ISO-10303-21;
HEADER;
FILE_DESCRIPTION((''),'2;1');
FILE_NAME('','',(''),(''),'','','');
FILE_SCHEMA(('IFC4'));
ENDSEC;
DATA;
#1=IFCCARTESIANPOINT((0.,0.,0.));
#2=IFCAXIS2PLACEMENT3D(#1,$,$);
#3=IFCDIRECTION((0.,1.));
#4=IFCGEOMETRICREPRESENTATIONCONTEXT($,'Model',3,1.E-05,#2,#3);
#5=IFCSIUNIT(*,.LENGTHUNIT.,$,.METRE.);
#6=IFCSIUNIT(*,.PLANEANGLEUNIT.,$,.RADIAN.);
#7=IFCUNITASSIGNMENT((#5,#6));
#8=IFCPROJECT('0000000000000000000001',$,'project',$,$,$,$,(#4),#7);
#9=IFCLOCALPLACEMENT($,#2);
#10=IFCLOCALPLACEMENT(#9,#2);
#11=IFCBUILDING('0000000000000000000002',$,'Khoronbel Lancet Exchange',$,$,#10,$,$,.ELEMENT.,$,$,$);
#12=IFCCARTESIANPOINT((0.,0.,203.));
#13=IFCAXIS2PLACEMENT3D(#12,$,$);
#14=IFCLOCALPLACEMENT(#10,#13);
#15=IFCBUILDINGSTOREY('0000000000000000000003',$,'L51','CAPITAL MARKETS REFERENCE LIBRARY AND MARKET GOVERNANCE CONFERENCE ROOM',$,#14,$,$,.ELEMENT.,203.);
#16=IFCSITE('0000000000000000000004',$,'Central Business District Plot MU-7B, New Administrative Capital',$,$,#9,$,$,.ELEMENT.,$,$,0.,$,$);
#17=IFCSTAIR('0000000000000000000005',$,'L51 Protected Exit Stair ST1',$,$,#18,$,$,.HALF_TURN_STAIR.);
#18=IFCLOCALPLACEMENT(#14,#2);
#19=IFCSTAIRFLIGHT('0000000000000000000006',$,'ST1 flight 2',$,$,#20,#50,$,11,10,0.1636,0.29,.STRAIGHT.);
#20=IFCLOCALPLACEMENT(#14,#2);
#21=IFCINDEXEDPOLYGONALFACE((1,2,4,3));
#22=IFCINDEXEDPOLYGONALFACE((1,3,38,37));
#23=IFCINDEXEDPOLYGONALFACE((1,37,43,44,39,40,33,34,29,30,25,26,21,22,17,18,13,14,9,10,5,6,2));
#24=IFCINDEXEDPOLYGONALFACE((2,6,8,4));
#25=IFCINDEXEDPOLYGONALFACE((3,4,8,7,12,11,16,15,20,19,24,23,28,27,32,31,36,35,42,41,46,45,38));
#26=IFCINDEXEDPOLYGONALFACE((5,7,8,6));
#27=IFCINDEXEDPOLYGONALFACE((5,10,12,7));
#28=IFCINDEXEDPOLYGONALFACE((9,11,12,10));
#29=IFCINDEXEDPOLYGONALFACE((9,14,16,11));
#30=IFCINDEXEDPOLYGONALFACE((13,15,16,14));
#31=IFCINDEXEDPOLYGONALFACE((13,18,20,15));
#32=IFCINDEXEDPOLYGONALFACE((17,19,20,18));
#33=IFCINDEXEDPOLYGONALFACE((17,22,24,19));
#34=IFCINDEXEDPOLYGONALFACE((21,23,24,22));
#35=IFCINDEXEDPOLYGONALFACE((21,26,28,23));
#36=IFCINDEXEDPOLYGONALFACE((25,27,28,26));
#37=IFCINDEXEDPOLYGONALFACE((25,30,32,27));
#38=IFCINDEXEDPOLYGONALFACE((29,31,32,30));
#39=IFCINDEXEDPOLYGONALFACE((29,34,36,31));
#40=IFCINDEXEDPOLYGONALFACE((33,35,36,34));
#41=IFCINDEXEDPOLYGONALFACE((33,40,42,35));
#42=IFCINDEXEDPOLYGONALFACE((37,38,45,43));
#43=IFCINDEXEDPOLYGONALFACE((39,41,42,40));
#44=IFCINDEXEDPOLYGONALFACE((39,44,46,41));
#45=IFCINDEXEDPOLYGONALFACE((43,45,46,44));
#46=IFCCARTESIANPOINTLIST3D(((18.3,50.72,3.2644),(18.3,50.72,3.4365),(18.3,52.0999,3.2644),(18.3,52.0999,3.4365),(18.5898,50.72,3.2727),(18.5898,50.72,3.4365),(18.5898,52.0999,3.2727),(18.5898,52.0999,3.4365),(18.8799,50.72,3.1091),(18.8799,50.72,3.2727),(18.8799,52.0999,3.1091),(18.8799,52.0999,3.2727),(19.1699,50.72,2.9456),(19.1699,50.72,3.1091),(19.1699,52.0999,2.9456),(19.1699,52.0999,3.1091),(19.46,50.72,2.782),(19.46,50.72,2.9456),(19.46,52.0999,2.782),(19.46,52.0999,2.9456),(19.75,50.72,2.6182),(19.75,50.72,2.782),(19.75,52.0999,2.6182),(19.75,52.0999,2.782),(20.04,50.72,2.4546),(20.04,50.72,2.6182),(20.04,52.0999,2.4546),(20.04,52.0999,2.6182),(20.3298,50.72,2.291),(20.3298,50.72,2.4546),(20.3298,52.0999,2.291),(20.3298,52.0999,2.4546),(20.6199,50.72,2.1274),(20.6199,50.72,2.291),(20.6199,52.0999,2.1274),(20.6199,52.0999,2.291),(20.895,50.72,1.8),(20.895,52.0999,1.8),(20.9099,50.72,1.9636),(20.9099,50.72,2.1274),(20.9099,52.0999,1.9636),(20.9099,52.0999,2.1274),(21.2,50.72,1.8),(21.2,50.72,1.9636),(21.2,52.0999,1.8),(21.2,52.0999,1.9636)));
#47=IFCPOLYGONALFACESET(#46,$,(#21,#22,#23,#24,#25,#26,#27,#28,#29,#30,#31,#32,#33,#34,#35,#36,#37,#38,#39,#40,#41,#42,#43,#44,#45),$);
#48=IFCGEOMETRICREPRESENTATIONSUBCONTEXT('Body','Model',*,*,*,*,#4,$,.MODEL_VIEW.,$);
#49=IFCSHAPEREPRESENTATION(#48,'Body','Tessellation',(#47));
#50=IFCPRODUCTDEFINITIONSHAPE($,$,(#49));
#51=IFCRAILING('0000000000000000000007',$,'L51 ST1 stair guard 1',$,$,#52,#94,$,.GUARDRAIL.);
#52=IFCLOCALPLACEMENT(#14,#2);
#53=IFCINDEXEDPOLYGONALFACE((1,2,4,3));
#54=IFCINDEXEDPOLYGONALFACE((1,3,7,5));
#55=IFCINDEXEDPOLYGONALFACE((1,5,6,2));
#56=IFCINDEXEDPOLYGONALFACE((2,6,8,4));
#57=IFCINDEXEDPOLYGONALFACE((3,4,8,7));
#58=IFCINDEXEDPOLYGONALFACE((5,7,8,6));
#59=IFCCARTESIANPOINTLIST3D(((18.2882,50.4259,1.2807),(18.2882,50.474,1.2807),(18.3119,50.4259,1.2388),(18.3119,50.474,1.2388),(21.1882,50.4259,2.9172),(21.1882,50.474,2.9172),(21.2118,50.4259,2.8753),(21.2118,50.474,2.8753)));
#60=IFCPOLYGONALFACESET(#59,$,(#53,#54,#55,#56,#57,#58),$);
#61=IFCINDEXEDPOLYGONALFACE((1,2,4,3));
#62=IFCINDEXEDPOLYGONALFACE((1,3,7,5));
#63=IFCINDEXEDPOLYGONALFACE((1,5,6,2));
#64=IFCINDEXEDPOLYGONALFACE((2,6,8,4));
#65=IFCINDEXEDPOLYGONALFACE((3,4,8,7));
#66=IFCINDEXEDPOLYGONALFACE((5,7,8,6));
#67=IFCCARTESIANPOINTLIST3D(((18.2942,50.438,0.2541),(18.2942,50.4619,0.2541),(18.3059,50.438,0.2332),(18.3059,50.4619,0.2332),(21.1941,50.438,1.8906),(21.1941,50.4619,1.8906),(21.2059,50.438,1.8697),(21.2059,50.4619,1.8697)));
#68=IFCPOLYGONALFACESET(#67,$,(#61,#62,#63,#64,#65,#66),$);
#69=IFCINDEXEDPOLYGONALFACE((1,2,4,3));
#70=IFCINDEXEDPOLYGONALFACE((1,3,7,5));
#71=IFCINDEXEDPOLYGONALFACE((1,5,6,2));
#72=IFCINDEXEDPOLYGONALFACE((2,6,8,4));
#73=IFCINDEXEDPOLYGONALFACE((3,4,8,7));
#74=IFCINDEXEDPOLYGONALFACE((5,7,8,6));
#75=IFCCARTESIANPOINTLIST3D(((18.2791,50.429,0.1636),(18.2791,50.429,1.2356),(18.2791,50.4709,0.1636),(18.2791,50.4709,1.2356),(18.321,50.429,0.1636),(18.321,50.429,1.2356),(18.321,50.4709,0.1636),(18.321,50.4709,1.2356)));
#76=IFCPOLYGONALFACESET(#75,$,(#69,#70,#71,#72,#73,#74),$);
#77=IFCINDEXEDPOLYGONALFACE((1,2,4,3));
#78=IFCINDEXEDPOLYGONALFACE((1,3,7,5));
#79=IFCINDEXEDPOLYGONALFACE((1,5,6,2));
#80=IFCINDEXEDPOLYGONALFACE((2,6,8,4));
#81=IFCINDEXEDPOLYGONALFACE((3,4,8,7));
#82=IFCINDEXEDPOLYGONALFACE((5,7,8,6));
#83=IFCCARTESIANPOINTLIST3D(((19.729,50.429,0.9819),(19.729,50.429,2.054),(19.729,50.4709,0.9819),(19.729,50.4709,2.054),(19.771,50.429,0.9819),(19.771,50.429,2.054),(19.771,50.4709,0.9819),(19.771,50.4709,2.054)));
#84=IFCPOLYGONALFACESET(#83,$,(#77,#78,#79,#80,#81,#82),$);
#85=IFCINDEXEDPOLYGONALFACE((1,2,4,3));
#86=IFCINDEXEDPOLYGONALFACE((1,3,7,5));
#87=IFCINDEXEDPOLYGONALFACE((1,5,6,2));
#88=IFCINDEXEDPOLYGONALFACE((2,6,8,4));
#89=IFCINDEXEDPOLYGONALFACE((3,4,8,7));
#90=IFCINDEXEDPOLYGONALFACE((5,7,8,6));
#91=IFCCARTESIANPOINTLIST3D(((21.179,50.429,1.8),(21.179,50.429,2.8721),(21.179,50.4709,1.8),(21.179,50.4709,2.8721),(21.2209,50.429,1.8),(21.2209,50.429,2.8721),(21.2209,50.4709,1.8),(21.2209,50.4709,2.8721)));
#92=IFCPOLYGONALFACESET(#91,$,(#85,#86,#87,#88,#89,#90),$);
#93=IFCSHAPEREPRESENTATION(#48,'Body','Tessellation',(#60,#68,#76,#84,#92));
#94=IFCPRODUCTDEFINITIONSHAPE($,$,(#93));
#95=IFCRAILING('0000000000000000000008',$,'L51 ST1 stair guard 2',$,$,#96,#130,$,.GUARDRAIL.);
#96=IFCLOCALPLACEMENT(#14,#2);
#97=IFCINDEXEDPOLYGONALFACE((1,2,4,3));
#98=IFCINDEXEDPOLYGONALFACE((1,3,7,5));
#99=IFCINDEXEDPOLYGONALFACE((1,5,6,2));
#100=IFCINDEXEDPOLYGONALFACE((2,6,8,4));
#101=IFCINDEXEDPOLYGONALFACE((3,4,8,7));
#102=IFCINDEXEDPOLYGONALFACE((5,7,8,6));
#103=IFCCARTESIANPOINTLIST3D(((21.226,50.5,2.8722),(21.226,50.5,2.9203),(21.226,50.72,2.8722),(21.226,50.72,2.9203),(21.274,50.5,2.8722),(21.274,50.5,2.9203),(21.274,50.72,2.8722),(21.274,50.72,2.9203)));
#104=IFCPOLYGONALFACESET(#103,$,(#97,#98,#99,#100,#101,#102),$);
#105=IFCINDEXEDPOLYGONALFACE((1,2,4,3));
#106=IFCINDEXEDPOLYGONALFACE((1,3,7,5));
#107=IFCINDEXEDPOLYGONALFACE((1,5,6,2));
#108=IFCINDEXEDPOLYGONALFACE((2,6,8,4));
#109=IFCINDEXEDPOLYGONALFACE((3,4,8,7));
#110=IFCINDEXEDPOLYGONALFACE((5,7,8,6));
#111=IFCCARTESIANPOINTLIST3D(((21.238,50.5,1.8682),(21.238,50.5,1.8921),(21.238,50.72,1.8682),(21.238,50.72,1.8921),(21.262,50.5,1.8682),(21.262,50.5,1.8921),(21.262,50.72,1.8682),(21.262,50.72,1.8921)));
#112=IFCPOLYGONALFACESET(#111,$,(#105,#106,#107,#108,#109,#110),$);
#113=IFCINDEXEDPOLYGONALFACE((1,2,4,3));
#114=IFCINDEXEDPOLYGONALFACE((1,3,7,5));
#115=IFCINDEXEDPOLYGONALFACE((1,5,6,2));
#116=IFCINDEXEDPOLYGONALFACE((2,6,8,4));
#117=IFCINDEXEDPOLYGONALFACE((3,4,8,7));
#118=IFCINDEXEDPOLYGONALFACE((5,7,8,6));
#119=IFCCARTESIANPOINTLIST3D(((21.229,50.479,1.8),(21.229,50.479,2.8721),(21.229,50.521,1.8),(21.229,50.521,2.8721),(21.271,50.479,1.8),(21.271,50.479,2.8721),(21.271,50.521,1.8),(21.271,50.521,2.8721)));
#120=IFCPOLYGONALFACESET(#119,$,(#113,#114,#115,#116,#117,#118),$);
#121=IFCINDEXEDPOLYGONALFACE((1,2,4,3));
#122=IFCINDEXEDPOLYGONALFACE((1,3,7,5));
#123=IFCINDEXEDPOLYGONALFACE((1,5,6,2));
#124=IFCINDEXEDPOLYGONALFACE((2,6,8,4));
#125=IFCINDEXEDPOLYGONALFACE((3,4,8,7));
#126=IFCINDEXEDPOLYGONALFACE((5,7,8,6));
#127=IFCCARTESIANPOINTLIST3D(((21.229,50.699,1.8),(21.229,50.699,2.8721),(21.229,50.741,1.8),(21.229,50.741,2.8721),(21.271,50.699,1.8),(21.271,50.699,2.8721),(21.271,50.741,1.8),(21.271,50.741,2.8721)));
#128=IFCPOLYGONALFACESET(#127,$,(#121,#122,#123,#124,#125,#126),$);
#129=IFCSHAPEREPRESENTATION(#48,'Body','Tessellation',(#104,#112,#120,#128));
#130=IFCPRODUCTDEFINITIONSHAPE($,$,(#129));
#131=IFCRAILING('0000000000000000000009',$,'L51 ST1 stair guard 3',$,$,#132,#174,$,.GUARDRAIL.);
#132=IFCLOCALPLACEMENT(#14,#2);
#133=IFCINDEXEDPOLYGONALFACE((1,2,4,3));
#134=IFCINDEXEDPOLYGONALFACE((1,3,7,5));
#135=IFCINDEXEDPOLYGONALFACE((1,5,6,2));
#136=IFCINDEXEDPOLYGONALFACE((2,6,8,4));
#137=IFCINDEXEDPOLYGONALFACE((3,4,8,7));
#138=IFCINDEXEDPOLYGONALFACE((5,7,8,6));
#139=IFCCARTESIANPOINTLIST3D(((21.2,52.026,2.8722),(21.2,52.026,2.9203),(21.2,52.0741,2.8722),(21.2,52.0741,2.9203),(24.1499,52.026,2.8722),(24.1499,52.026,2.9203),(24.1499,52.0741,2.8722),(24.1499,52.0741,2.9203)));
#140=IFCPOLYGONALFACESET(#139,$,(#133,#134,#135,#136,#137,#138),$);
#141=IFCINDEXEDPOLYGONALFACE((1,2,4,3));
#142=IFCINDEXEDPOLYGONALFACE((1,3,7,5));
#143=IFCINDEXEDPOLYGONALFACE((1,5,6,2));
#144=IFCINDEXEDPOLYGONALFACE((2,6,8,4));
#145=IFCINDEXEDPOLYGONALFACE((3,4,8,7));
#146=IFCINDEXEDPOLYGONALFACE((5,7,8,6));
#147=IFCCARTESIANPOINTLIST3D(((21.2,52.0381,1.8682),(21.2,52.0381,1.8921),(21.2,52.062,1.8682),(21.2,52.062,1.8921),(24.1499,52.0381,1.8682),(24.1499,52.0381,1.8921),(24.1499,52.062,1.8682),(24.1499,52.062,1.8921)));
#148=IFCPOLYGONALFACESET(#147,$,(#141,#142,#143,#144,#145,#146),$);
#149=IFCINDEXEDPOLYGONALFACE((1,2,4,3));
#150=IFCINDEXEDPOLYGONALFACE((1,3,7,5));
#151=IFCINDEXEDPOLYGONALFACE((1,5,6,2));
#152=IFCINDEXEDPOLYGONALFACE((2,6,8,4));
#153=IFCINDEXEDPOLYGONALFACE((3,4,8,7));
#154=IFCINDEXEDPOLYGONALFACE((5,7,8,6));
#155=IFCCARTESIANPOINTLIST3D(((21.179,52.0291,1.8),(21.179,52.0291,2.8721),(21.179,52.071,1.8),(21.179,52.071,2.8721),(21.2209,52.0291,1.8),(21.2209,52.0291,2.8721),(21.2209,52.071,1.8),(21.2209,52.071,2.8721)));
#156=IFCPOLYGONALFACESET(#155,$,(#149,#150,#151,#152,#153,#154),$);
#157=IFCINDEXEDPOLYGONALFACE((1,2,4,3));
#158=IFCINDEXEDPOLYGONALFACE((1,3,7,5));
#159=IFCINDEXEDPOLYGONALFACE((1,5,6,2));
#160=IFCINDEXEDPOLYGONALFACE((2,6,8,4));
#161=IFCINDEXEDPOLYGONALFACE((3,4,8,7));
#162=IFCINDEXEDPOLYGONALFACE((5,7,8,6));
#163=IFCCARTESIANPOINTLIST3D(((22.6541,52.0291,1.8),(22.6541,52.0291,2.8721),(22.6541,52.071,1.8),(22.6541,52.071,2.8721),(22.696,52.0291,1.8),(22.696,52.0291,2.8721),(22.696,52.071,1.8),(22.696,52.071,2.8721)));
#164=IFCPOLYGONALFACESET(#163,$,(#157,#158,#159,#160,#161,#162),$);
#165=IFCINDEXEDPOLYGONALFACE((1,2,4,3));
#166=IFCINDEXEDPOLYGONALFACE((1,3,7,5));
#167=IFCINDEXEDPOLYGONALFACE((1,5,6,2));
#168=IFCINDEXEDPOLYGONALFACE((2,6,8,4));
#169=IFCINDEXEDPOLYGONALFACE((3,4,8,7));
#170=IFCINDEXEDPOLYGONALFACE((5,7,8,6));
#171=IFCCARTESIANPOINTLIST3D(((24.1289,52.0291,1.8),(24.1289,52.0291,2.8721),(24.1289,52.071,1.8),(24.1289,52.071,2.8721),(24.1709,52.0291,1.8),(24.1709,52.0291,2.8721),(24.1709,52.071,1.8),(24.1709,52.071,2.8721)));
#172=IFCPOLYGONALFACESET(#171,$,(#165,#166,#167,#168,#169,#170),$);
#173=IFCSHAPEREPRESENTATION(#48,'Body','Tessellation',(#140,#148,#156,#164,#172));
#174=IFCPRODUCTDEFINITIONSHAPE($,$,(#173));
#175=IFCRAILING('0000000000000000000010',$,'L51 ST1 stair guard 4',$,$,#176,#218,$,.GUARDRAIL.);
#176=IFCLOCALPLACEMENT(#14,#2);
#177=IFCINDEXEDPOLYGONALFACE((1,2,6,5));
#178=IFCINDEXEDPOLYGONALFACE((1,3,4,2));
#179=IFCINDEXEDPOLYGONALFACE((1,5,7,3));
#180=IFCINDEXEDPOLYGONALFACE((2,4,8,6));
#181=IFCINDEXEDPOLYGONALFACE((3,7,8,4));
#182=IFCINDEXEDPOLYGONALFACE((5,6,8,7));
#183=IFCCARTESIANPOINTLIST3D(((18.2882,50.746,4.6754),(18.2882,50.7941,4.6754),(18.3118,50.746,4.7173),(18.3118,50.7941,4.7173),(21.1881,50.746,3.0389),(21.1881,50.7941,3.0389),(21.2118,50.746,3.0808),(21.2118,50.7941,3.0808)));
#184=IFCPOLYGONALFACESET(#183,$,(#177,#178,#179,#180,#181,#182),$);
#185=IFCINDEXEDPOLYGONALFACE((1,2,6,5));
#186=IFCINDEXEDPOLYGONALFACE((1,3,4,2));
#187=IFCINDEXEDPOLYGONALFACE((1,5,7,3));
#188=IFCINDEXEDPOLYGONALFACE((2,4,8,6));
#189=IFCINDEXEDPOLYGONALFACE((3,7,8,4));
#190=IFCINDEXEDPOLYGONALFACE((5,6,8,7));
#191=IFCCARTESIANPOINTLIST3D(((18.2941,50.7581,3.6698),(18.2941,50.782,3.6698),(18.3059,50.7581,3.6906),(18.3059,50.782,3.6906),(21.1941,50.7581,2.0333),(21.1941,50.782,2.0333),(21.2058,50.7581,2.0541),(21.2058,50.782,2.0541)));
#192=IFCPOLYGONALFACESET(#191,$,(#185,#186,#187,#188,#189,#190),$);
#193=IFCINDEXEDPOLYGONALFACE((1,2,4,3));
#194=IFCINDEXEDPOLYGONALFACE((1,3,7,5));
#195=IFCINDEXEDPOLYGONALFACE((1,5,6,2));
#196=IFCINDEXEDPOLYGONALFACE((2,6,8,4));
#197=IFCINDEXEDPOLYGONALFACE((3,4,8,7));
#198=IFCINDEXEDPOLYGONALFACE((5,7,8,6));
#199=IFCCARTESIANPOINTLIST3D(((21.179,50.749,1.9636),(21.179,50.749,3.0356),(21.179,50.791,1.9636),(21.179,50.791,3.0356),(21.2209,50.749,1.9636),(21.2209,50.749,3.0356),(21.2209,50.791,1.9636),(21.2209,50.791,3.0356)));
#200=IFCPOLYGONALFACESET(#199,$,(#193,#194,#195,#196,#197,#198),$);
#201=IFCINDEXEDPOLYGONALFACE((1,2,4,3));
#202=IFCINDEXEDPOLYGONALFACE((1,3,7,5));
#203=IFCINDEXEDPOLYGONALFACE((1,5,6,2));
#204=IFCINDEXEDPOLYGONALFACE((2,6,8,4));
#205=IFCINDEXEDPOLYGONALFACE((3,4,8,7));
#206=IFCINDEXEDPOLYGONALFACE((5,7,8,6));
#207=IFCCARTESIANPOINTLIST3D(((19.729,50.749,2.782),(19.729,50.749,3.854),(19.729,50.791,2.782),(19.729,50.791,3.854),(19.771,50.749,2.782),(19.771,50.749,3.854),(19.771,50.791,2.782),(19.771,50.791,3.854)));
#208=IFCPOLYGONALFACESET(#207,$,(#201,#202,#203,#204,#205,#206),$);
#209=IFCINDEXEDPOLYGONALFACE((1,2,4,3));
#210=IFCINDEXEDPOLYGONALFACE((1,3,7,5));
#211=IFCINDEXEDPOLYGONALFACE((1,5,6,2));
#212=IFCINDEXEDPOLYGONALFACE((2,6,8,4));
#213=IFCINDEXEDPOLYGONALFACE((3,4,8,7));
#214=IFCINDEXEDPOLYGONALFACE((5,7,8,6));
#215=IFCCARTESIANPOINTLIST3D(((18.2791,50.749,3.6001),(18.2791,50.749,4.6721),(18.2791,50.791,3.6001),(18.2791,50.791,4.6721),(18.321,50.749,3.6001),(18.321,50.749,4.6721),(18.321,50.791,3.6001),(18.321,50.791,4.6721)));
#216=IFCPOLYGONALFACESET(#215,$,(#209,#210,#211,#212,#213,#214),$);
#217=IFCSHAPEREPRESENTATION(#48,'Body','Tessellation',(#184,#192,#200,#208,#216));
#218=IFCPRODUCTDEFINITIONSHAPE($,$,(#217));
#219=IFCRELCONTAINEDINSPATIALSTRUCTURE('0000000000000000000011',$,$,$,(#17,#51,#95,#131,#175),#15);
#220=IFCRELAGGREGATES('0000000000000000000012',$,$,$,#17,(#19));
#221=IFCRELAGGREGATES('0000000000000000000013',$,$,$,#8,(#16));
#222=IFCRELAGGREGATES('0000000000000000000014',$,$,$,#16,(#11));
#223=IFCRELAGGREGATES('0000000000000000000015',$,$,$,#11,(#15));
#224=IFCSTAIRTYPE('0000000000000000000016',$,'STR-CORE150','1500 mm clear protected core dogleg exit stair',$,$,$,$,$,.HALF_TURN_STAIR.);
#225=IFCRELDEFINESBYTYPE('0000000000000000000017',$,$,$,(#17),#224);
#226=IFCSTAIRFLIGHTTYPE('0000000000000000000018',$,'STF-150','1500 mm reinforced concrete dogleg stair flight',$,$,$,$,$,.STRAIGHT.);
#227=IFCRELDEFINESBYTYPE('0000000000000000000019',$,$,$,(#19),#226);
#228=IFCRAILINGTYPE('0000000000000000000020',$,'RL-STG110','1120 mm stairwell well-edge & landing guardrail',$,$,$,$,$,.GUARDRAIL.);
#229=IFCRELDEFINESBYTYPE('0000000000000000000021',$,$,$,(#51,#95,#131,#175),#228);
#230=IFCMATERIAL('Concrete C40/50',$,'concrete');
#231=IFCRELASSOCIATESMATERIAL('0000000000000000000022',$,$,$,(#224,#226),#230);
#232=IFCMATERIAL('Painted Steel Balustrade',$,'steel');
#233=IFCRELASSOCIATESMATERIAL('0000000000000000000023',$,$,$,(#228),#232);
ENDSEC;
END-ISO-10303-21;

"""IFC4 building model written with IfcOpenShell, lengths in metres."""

from ifc_helpers import new_model, si_unit, direction, frame, origin, origin_2d, place, context, subcontext, project, spatial, polyline, rectangle, outline, extrude, material, type_object, element, aggregate, save


model = new_model("IFC4")

# Units and contexts
model_context = context("Model", 3, precision=1e-05, world=origin(), true_north=direction((0.0, 1.0)))
body_context = subcontext(model_context, "Body", "Model", "MODEL_VIEW")
ifc_project = project(units=[si_unit("LENGTHUNIT", "METRE"), si_unit("PLANEANGLEUNIT", "RADIAN")], contexts=[model_context])

# Site, building, storey
site_placement = place(None, origin())
site = spatial("IfcSite", under=ifc_project, at=site_placement, Name="Central Business District Plot MU-7B, New Administrative Capital", CompositionType="ELEMENT", RefElevation=0.0)
building_placement = place(site_placement, origin())
building = spatial("IfcBuilding", under=site, at=building_placement, Name="Khoronbel Lancet Exchange", CompositionType="ELEMENT")
storey_placement = place(building_placement, frame((0.0, 0.0, 203.0)))
storey = spatial("IfcBuildingStorey", under=building, at=storey_placement, Name="L51", Description="CAPITAL MARKETS REFERENCE LIBRARY AND MARKET GOVERNANCE CONFERENCE ROOM", CompositionType="ELEMENT", Elevation=203.0)

# Stair, stair flight
ifc_material_1 = material(Name="Concrete C40/50", Category="concrete")
stair_type = type_object("IfcStairType", Name="STR-CORE150", Description="1500 mm clear protected core dogleg exit stair", PredefinedType="HALF_TURN_STAIR", material=ifc_material_1)
stair_placement = place(storey_placement, origin())
stair = element("IfcStair", 1, at=stair_placement, inside=storey, type_object=stair_type, Name="L51 Protected Exit Stair ST1", PredefinedType="HALF_TURN_STAIR")
stair_flight_type = type_object("IfcStairFlightType", Name="STF-150", Description="1500 mm reinforced concrete dogleg stair flight", PredefinedType="STRAIGHT", material=ifc_material_1)
stair_flight_1_placement = place(storey_placement, frame((21.2, 51.4099, 1.8), z_axis=(0.0, 0.0, 1.0), x_axis=(-1.0, 0.0, 0.0)))
stair_flight_1 = element("IfcStairFlight", 2, at=stair_flight_1_placement, type_object=stair_flight_type, Name="ST1 flight 2", NumberOfRisers=11, NumberOfTreads=10, PredefinedType="STRAIGHT", RiserHeight=0.1636, TreadLength=0.29, context=body_context, shape_type="SweptSolid", body=[
    extrude(outline(polyline([(0.0, 0.0), (0.0, 0.1636), (0.29, 0.1636), (0.29, 0.3274), (0.5801, 0.3274), (0.5801, 0.491), (0.8701, 0.491), (0.8701, 0.6545), (1.1599, 0.6545), (1.1599, 0.8181), (1.45, 0.8181), (1.45, 0.9819), (1.74, 0.9819), (1.74, 1.1455), (2.03, 1.1455), (2.03, 1.3091), (2.3201, 1.3091), (2.3201, 1.4727), (2.6101, 1.4727), (2.6101, 1.6365), (2.8999, 1.6365), (2.8999, 1.8), (2.8999, 1.4644), (0.3049, 0.0), (0.0, 0.0)])), frame((0.0, 0.6899, 0.0), z_axis=(0.0, -1.0, 0.0), x_axis=(1.0, 0.0, 0.0)), (0.0, 0.0, 1.0), 1.3799),
])
aggregate(stair, [stair_flight_1])

# Railings
ifc_material_2 = material(Name="Painted Steel Balustrade", Category="steel")
railing_type_1 = type_object("IfcRailingType", Name="RL-STG110", Description="1120 mm stairwell well-edge & landing guardrail", PredefinedType="GUARDRAIL", material=ifc_material_2)
railing_1_placement = place(storey_placement, frame((18.3, 50.45, 0.1636)))
element("IfcRailing", 3, at=railing_1_placement, inside=storey, type_object=railing_type_1, Name="L51 ST1 stair guard 1", PredefinedType="GUARDRAIL", context=body_context, shape_type="SweptSolid", body=[
    extrude(rectangle(XDim=0.0481, YDim=0.0481, at=origin_2d()), frame((0.0, 0.0, 1.0962), z_axis=(0.870897, 0.0, 0.491465), x_axis=(0.0, 1.0, 0.0)), (0.0, 0.0, 1.0), 3.3298),
    extrude(rectangle(XDim=0.0239, YDim=0.0239, at=origin_2d()), frame((0.0, 0.0, 0.0801), z_axis=(0.870897, 0.0, 0.491465), x_axis=(0.0, 1.0, 0.0)), (0.0, 0.0, 1.0), 3.3298),
    extrude(rectangle(XDim=0.042, YDim=0.042, at=origin_2d()), origin(), (0.0, 0.0, 1.0), 1.072),
    extrude(rectangle(XDim=0.042, YDim=0.042, at=origin_2d()), frame((1.45, 0.0, 0.8184)), (0.0, 0.0, 1.0), 1.072),
    extrude(rectangle(XDim=0.042, YDim=0.042, at=origin_2d()), frame((2.8999, 0.0, 1.6365)), (0.0, 0.0, 1.0), 1.072),
])
railing_2_placement = place(storey_placement, frame((21.25, 50.5, 1.8)))
element("IfcRailing", 4, at=railing_2_placement, inside=storey, type_object=railing_type_1, Name="L51 ST1 stair guard 2", PredefinedType="GUARDRAIL", context=body_context, shape_type="SweptSolid", body=[
    extrude(rectangle(XDim=0.0481, YDim=0.0481, at=origin_2d()), frame((0.0, 0.0, 1.0962), z_axis=(0.0, 1.0, 0.0), x_axis=(-1.0, 0.0, 0.0)), (0.0, 0.0, 1.0), 0.22),
    extrude(rectangle(XDim=0.0239, YDim=0.0239, at=origin_2d()), frame((0.0, 0.0, 0.0801), z_axis=(0.0, 1.0, 0.0), x_axis=(-1.0, 0.0, 0.0)), (0.0, 0.0, 1.0), 0.22),
    extrude(rectangle(XDim=0.042, YDim=0.042, at=origin_2d()), origin(), (0.0, 0.0, 1.0), 1.072),
    extrude(rectangle(XDim=0.042, YDim=0.042, at=origin_2d()), frame((0.0, 0.22, 0.0)), (0.0, 0.0, 1.0), 1.072),
])
railing_3_placement = place(storey_placement, frame((21.2, 52.05, 1.8)))
element("IfcRailing", 5, at=railing_3_placement, inside=storey, type_object=railing_type_1, Name="L51 ST1 stair guard 3", PredefinedType="GUARDRAIL", context=body_context, shape_type="SweptSolid", body=[
    extrude(rectangle(XDim=0.0481, YDim=0.0481, at=origin_2d()), frame((0.0, 0.0, 1.0962), z_axis=(1.0, 0.0, 0.0), x_axis=(0.0, 1.0, 0.0)), (0.0, 0.0, 1.0), 2.95),
    extrude(rectangle(XDim=0.0239, YDim=0.0239, at=origin_2d()), frame((0.0, 0.0, 0.0801), z_axis=(1.0, 0.0, 0.0), x_axis=(0.0, 1.0, 0.0)), (0.0, 0.0, 1.0), 2.95),
    extrude(rectangle(XDim=0.042, YDim=0.042, at=origin_2d()), origin(), (0.0, 0.0, 1.0), 1.072),
    extrude(rectangle(XDim=0.042, YDim=0.042, at=origin_2d()), frame((1.4751, 0.0, 0.0)), (0.0, 0.0, 1.0), 1.072),
    extrude(rectangle(XDim=0.042, YDim=0.042, at=origin_2d()), frame((2.95, 0.0, 0.0)), (0.0, 0.0, 1.0), 1.072),
])
railing_4_placement = place(storey_placement, frame((21.2, 50.77, 1.9636)))
element("IfcRailing", 6, at=railing_4_placement, inside=storey, type_object=railing_type_1, Name="L51 ST1 stair guard 4", PredefinedType="GUARDRAIL", context=body_context, shape_type="SweptSolid", body=[
    extrude(rectangle(XDim=0.0481, YDim=0.0481, at=origin_2d()), frame((0.0, 0.0, 1.0962), z_axis=(-0.870897, 0.0, 0.491465), x_axis=(0.0, -1.0, 0.0)), (0.0, 0.0, 1.0), 3.3298),
    extrude(rectangle(XDim=0.0239, YDim=0.0239, at=origin_2d()), frame((0.0, 0.0, 0.0801), z_axis=(-0.870897, 0.0, 0.491465), x_axis=(0.0, -1.0, 0.0)), (0.0, 0.0, 1.0), 3.3298),
    extrude(rectangle(XDim=0.042, YDim=0.042, at=origin_2d()), origin(), (0.0, 0.0, 1.0), 1.072),
    extrude(rectangle(XDim=0.042, YDim=0.042, at=origin_2d()), frame((-1.45, 0.0, 0.8184)), (0.0, 0.0, 1.0), 1.072),
    extrude(rectangle(XDim=0.042, YDim=0.042, at=origin_2d()), frame((-2.8999, 0.0, 1.6365)), (0.0, 0.0, 1.0), 1.072),
])

save(model, "model.ifc")
